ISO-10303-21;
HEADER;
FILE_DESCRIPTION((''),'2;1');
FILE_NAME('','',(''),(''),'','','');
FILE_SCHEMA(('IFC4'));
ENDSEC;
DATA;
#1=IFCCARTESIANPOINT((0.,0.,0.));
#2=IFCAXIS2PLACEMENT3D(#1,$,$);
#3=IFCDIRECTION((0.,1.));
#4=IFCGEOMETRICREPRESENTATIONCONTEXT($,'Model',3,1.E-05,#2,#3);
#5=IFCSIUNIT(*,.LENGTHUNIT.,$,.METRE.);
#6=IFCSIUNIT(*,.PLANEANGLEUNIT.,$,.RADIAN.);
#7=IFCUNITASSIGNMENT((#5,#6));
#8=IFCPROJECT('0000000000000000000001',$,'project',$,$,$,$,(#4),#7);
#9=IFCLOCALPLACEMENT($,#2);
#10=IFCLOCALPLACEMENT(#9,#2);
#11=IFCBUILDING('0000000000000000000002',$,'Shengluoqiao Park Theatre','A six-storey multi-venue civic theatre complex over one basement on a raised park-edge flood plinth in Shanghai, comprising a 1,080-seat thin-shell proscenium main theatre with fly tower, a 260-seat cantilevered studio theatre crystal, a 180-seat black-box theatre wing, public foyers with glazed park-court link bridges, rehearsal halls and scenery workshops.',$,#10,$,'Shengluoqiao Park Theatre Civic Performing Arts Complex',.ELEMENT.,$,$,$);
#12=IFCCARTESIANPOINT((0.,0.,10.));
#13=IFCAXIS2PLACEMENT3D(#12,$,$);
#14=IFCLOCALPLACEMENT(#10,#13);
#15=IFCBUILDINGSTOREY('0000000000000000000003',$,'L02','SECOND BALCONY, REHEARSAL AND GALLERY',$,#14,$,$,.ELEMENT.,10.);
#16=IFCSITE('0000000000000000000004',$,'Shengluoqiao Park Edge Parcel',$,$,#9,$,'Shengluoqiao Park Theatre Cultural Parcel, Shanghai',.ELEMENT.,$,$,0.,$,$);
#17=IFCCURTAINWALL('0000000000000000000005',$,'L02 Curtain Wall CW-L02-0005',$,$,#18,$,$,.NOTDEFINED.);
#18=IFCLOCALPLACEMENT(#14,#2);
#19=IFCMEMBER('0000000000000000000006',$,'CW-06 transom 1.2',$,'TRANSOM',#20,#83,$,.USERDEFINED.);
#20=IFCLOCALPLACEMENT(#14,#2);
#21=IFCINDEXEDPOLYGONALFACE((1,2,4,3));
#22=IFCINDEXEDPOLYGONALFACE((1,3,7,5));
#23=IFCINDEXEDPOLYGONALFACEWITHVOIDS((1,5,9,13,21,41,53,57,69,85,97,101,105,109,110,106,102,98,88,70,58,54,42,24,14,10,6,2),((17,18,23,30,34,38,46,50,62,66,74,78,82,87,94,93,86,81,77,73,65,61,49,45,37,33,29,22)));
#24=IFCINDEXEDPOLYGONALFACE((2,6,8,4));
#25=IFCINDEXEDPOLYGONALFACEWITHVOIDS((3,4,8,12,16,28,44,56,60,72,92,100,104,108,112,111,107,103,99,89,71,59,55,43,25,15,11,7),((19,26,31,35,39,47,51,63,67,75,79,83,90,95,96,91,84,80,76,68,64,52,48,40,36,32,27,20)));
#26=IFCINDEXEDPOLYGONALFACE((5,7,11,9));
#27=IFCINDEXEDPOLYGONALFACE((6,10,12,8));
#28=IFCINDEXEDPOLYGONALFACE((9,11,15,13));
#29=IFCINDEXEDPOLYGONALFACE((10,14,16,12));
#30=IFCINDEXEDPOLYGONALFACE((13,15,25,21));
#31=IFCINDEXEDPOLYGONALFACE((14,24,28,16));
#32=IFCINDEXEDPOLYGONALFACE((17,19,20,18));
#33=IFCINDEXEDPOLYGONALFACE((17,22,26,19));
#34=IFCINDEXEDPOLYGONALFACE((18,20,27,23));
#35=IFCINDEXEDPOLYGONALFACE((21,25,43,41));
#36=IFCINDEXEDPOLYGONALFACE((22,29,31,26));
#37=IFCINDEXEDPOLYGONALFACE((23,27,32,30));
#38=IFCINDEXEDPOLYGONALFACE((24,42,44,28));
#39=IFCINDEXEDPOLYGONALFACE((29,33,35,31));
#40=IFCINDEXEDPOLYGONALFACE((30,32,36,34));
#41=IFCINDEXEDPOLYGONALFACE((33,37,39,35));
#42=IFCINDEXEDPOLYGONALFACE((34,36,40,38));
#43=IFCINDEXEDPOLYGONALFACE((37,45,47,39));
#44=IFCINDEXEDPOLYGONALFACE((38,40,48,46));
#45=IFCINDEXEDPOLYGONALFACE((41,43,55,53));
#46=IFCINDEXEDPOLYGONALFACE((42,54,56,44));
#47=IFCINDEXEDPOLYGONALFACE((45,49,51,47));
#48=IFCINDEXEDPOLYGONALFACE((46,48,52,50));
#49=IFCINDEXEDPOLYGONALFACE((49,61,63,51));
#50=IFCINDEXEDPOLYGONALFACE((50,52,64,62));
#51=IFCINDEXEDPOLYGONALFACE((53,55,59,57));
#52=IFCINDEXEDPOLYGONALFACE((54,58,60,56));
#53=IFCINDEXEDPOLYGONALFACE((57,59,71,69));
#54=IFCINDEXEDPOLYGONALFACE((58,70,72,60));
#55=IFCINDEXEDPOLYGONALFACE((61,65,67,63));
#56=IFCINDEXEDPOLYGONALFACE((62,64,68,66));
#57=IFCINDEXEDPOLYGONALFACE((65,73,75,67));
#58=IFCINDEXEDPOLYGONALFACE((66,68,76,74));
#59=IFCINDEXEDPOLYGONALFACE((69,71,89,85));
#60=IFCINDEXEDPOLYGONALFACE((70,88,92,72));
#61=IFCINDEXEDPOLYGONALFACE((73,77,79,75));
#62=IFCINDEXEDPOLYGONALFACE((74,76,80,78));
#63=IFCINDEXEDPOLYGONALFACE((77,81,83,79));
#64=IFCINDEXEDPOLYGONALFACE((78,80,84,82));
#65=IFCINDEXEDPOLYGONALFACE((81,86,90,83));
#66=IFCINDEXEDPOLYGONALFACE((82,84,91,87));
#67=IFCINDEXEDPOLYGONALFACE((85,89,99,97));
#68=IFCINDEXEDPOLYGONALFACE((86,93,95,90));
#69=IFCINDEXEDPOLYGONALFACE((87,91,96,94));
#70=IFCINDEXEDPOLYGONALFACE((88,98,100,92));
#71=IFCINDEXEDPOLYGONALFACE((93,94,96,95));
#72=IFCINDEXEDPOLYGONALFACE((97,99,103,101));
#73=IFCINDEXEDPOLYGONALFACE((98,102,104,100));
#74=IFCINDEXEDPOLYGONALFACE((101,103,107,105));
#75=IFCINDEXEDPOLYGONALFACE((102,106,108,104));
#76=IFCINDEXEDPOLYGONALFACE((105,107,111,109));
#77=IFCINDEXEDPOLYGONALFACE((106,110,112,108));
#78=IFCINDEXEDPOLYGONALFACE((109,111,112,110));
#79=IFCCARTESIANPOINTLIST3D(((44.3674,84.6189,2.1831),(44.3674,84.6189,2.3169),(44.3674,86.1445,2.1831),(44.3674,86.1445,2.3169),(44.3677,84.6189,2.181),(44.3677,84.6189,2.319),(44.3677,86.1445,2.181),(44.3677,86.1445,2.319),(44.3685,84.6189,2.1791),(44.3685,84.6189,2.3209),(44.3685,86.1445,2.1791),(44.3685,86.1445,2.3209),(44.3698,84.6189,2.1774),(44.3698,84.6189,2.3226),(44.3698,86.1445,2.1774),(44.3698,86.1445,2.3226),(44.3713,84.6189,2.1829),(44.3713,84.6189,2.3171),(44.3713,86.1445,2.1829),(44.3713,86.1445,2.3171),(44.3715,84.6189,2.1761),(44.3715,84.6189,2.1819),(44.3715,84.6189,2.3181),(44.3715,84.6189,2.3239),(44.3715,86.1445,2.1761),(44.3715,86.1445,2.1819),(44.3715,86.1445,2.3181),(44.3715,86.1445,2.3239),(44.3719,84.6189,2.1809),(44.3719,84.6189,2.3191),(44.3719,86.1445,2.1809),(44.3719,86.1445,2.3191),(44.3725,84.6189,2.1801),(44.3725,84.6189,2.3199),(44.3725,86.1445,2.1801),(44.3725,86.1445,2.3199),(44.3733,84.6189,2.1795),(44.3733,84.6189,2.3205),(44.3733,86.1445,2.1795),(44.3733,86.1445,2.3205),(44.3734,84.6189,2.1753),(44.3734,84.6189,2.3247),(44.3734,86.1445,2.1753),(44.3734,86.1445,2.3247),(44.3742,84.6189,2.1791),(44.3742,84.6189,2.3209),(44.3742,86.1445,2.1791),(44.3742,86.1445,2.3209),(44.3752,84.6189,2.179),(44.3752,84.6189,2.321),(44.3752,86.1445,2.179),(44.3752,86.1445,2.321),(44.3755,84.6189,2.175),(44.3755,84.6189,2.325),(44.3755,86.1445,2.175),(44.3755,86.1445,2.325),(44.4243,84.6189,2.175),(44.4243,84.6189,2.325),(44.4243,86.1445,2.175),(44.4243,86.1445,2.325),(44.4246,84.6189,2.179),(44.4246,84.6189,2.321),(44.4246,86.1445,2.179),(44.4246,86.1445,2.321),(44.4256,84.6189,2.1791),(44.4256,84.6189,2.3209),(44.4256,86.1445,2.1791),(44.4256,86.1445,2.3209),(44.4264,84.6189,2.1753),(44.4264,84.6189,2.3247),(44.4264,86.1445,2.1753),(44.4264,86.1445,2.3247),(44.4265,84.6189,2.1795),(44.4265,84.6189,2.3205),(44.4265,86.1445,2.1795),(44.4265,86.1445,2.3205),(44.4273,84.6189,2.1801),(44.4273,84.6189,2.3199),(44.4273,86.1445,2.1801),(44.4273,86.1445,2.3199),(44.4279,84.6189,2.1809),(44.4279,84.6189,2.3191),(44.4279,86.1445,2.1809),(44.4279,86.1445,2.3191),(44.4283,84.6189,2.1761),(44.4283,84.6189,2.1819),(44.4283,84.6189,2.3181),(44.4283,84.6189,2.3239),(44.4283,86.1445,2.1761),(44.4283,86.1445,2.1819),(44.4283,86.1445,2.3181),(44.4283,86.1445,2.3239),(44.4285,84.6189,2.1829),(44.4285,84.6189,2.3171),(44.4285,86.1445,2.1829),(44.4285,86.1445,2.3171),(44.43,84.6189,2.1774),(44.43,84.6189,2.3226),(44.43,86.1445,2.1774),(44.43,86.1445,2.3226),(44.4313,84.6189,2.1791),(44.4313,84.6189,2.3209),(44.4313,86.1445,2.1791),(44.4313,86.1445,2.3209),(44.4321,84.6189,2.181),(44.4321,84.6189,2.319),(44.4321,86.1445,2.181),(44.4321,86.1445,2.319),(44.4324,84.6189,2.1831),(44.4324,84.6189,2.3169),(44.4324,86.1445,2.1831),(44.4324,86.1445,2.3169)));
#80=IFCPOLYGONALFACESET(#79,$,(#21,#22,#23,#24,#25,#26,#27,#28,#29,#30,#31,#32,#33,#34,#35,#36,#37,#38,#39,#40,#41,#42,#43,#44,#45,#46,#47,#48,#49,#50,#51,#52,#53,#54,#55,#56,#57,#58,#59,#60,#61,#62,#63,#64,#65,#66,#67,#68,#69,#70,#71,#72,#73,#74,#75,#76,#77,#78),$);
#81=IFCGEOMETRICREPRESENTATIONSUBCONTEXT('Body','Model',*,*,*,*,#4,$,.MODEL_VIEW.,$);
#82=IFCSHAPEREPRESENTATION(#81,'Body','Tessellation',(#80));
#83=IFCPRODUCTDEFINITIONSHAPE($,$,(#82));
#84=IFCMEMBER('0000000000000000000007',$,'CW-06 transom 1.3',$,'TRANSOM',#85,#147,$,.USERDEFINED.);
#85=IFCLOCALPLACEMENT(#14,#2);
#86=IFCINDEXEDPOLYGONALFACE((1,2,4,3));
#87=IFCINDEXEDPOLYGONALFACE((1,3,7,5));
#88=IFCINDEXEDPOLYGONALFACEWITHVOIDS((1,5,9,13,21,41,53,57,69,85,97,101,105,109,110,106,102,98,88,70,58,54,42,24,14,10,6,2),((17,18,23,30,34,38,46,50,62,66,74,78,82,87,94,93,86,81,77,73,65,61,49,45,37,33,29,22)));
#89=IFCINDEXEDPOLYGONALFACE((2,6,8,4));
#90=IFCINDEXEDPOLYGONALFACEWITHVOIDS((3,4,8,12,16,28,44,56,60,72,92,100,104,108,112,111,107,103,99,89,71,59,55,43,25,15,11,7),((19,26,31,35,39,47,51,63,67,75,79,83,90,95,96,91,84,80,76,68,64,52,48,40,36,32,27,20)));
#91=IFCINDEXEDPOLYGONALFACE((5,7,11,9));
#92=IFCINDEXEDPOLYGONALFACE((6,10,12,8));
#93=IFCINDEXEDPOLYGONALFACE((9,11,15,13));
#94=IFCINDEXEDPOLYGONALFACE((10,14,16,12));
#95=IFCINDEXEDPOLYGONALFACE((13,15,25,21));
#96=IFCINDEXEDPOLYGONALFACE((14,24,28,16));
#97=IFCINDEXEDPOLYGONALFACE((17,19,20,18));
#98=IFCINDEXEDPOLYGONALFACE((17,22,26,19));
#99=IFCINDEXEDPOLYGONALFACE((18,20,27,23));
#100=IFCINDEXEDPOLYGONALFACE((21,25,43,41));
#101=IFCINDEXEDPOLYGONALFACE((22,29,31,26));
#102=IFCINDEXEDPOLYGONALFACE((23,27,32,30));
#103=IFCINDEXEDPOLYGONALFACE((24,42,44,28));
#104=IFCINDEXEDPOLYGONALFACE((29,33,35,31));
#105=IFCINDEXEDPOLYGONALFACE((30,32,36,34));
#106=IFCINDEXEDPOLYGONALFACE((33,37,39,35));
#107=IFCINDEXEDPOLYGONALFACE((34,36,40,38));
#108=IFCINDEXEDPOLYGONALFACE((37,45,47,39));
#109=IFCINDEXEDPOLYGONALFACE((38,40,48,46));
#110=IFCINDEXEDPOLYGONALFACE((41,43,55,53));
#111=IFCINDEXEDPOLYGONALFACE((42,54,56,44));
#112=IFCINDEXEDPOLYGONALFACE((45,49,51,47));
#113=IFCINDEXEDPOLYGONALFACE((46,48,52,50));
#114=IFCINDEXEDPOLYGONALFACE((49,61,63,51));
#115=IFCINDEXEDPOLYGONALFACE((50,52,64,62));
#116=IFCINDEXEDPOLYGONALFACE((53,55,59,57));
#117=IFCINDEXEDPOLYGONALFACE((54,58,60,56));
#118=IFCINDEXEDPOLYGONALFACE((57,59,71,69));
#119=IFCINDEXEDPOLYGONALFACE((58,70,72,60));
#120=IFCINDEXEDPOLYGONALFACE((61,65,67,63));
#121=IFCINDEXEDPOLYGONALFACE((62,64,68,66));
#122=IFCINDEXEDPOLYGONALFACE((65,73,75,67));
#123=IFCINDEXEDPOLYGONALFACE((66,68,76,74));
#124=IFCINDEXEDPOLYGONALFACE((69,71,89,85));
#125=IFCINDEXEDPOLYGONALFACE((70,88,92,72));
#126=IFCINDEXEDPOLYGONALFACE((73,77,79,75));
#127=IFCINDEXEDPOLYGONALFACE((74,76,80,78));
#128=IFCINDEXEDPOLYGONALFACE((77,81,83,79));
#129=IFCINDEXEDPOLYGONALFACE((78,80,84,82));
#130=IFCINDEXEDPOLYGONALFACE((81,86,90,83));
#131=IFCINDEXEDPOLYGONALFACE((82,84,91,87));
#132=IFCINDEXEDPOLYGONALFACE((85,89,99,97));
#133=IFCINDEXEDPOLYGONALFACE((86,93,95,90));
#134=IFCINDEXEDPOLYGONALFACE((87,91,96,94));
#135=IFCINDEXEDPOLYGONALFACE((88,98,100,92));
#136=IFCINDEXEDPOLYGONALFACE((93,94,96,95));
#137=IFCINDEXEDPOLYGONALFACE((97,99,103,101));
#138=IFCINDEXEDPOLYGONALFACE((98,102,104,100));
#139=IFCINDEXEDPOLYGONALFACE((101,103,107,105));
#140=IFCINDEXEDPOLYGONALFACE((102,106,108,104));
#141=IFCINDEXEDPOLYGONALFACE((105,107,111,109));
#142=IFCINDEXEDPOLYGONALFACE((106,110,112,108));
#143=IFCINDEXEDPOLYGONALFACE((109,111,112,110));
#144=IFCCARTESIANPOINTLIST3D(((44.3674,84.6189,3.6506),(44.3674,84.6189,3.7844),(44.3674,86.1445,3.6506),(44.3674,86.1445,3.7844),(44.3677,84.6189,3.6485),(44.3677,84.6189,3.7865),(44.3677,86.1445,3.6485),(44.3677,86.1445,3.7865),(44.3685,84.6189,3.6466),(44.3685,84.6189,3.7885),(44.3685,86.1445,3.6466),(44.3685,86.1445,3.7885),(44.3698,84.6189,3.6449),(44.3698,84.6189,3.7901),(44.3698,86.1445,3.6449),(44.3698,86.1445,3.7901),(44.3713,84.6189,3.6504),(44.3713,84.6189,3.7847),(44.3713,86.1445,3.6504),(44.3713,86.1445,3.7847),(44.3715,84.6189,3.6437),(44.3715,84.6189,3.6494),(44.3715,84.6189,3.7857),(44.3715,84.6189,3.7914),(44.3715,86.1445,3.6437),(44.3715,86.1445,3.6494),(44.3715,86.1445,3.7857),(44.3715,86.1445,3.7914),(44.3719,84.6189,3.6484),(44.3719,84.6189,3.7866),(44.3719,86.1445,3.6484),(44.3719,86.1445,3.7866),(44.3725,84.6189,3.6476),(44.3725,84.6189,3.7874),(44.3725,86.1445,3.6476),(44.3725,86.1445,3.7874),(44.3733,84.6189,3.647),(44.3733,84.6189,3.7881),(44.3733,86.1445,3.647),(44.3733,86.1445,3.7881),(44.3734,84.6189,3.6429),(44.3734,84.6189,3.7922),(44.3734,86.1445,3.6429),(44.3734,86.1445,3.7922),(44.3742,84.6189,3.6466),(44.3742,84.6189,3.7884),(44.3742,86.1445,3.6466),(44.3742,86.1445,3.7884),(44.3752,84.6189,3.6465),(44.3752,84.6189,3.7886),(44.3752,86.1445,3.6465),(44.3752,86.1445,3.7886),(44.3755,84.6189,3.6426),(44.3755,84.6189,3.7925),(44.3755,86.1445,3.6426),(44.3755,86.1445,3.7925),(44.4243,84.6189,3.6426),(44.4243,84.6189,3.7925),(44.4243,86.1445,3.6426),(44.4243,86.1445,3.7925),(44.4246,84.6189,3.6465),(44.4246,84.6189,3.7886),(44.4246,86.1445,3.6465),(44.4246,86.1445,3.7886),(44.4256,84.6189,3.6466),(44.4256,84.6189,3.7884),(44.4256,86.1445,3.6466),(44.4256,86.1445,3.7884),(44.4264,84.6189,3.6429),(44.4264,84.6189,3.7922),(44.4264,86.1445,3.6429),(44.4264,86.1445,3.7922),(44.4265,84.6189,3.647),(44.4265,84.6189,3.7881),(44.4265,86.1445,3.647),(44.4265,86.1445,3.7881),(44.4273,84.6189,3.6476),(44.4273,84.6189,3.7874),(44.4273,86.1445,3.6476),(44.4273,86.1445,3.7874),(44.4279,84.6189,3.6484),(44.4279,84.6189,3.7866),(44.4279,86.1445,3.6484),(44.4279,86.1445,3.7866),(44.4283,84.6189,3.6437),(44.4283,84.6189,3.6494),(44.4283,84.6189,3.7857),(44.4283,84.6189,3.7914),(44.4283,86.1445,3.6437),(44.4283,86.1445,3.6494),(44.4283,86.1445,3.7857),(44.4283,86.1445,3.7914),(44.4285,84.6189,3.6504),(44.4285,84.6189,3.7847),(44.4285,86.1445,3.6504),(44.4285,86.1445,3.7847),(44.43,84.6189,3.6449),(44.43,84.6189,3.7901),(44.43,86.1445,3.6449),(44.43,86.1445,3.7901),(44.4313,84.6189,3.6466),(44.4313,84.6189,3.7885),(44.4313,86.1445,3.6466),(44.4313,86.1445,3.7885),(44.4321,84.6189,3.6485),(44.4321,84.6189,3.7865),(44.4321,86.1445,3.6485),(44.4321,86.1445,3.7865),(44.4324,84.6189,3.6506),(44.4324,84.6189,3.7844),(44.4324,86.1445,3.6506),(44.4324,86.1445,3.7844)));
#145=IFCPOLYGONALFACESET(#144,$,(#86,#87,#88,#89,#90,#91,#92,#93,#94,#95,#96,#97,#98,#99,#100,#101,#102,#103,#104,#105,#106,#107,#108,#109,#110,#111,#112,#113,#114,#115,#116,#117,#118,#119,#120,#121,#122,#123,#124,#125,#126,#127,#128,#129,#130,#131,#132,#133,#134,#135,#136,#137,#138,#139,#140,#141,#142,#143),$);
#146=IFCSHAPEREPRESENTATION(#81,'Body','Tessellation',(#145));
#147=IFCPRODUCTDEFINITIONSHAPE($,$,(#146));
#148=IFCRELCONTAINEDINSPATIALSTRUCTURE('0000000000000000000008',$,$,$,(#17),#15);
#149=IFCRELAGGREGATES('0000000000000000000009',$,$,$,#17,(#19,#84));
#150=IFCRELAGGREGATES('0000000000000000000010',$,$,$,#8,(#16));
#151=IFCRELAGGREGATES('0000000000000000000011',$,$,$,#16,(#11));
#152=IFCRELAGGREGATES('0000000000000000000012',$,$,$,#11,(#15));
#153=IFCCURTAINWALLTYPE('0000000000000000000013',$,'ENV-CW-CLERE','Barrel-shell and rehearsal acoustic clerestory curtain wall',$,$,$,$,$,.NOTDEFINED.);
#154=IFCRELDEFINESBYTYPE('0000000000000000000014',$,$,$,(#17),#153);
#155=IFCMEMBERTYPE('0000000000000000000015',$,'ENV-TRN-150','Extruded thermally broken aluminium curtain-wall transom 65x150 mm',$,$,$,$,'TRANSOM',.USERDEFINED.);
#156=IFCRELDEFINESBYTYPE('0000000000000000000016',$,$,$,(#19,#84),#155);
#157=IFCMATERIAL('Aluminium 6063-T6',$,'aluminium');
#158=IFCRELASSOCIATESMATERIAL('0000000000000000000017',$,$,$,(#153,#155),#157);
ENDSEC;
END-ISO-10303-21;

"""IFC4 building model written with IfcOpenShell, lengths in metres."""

from ifc_helpers import new_model, si_unit, direction, frame, origin, origin_2d, place, context, subcontext, project, spatial, hollow_rectangle, extrude, material, material_profile, profile_set, type_object, element, aggregate, save


model = new_model("IFC4")

# Units and contexts
model_context = context("Model", 3, precision=1e-05, world=origin(), true_north=direction((0.0, 1.0)))
body_context = subcontext(model_context, "Body", "Model", "MODEL_VIEW")
ifc_project = project(units=[si_unit("LENGTHUNIT", "METRE"), si_unit("PLANEANGLEUNIT", "RADIAN")], contexts=[model_context])

# Site, building, storey
site_placement = place(None, origin())
site = spatial("IfcSite", under=ifc_project, at=site_placement, Name="Shengluoqiao Park Edge Parcel", LongName="Shengluoqiao Park Theatre Cultural Parcel, Shanghai", CompositionType="ELEMENT", RefElevation=0.0)
building_placement = place(site_placement, origin())
building = spatial("IfcBuilding", under=site, at=building_placement, Name="Shengluoqiao Park Theatre", Description="A six-storey multi-venue civic theatre complex over one basement on a raised park-edge flood plinth in Shanghai, comprising a 1,080-seat thin-shell proscenium main theatre with fly tower, a 260-seat cantilevered studio theatre crystal, a 180-seat black-box theatre wing, public foyers with glazed park-court link bridges, rehearsal halls and scenery workshops.", LongName="Shengluoqiao Park Theatre Civic Performing Arts Complex", CompositionType="ELEMENT")
storey_placement = place(building_placement, frame((0.0, 0.0, 10.0)))
storey = spatial("IfcBuildingStorey", under=building, at=storey_placement, Name="L02", Description="SECOND BALCONY, REHEARSAL AND GALLERY", CompositionType="ELEMENT", Elevation=10.0)

# Curtain wall
ifc_material_1 = material(Name="Aluminium 6063-T6", Category="aluminium")
curtain_wall_type_1 = type_object("IfcCurtainWallType", Name="ENV-CW-CLERE", Description="Barrel-shell and rehearsal acoustic clerestory curtain wall", PredefinedType="NOTDEFINED", material=ifc_material_1)
curtain_wall_1_placement = place(storey_placement, origin())
curtain_wall_1 = element("IfcCurtainWall", 1, at=curtain_wall_1_placement, inside=storey, type_object=curtain_wall_type_1, Name="L02 Curtain Wall CW-L02-0005", PredefinedType="NOTDEFINED")

# Members
ifc_material_profile_1 = material_profile(ifc_material_1, hollow_rectangle(XDim=0.0649, YDim=0.1499, WallThickness=0.0039, InnerFilletRadius=0.0039, OuterFilletRadius=0.0081, at=origin_2d()), Name="ALU TRANSOM 150x65x4")
ifc_profile_set_1 = profile_set([ifc_material_profile_1], Name="Aluminium 6063-T6")
member_type_1 = type_object("IfcMemberType", Name="ENV-TRN-150", Description="Extruded thermally broken aluminium curtain-wall transom 65x150 mm", ElementType="TRANSOM", PredefinedType="USERDEFINED", material=ifc_profile_set_1)
member_1_placement = place(storey_placement, frame((44.3999, 84.6189, 2.25), z_axis=(0.0, 1.0, 0.0), x_axis=(-1.0, 0.0, 0.0)))
member_1 = element("IfcMember", 2, at=member_1_placement, type_object=member_type_1, Name="CW-06 transom 1.2", ObjectType="TRANSOM", PredefinedType="USERDEFINED", context=body_context, shape_type="SweptSolid", body=[
    extrude(hollow_rectangle(XDim=0.0649, YDim=0.1499, WallThickness=0.0039, InnerFilletRadius=0.0039, OuterFilletRadius=0.0081, at=origin_2d()), origin(), (0.0, 0.0, 1.0), 1.5256),
])
member_2_placement = place(storey_placement, frame((44.3999, 84.6189, 3.7175), z_axis=(0.0, 1.0, 0.0), x_axis=(-1.0, 0.0, 0.0)))
member_2 = element("IfcMember", 3, at=member_2_placement, type_object=member_type_1, Name="CW-06 transom 1.3", ObjectType="TRANSOM", PredefinedType="USERDEFINED", context=body_context, shape_type="SweptSolid", body=[
    extrude(hollow_rectangle(XDim=0.0649, YDim=0.1499, WallThickness=0.0039, InnerFilletRadius=0.0039, OuterFilletRadius=0.0081, at=origin_2d()), origin(), (0.0, 0.0, 1.0), 1.5256),
])

aggregate(curtain_wall_1, [member_1, member_2])

save(model, "model.ifc")
